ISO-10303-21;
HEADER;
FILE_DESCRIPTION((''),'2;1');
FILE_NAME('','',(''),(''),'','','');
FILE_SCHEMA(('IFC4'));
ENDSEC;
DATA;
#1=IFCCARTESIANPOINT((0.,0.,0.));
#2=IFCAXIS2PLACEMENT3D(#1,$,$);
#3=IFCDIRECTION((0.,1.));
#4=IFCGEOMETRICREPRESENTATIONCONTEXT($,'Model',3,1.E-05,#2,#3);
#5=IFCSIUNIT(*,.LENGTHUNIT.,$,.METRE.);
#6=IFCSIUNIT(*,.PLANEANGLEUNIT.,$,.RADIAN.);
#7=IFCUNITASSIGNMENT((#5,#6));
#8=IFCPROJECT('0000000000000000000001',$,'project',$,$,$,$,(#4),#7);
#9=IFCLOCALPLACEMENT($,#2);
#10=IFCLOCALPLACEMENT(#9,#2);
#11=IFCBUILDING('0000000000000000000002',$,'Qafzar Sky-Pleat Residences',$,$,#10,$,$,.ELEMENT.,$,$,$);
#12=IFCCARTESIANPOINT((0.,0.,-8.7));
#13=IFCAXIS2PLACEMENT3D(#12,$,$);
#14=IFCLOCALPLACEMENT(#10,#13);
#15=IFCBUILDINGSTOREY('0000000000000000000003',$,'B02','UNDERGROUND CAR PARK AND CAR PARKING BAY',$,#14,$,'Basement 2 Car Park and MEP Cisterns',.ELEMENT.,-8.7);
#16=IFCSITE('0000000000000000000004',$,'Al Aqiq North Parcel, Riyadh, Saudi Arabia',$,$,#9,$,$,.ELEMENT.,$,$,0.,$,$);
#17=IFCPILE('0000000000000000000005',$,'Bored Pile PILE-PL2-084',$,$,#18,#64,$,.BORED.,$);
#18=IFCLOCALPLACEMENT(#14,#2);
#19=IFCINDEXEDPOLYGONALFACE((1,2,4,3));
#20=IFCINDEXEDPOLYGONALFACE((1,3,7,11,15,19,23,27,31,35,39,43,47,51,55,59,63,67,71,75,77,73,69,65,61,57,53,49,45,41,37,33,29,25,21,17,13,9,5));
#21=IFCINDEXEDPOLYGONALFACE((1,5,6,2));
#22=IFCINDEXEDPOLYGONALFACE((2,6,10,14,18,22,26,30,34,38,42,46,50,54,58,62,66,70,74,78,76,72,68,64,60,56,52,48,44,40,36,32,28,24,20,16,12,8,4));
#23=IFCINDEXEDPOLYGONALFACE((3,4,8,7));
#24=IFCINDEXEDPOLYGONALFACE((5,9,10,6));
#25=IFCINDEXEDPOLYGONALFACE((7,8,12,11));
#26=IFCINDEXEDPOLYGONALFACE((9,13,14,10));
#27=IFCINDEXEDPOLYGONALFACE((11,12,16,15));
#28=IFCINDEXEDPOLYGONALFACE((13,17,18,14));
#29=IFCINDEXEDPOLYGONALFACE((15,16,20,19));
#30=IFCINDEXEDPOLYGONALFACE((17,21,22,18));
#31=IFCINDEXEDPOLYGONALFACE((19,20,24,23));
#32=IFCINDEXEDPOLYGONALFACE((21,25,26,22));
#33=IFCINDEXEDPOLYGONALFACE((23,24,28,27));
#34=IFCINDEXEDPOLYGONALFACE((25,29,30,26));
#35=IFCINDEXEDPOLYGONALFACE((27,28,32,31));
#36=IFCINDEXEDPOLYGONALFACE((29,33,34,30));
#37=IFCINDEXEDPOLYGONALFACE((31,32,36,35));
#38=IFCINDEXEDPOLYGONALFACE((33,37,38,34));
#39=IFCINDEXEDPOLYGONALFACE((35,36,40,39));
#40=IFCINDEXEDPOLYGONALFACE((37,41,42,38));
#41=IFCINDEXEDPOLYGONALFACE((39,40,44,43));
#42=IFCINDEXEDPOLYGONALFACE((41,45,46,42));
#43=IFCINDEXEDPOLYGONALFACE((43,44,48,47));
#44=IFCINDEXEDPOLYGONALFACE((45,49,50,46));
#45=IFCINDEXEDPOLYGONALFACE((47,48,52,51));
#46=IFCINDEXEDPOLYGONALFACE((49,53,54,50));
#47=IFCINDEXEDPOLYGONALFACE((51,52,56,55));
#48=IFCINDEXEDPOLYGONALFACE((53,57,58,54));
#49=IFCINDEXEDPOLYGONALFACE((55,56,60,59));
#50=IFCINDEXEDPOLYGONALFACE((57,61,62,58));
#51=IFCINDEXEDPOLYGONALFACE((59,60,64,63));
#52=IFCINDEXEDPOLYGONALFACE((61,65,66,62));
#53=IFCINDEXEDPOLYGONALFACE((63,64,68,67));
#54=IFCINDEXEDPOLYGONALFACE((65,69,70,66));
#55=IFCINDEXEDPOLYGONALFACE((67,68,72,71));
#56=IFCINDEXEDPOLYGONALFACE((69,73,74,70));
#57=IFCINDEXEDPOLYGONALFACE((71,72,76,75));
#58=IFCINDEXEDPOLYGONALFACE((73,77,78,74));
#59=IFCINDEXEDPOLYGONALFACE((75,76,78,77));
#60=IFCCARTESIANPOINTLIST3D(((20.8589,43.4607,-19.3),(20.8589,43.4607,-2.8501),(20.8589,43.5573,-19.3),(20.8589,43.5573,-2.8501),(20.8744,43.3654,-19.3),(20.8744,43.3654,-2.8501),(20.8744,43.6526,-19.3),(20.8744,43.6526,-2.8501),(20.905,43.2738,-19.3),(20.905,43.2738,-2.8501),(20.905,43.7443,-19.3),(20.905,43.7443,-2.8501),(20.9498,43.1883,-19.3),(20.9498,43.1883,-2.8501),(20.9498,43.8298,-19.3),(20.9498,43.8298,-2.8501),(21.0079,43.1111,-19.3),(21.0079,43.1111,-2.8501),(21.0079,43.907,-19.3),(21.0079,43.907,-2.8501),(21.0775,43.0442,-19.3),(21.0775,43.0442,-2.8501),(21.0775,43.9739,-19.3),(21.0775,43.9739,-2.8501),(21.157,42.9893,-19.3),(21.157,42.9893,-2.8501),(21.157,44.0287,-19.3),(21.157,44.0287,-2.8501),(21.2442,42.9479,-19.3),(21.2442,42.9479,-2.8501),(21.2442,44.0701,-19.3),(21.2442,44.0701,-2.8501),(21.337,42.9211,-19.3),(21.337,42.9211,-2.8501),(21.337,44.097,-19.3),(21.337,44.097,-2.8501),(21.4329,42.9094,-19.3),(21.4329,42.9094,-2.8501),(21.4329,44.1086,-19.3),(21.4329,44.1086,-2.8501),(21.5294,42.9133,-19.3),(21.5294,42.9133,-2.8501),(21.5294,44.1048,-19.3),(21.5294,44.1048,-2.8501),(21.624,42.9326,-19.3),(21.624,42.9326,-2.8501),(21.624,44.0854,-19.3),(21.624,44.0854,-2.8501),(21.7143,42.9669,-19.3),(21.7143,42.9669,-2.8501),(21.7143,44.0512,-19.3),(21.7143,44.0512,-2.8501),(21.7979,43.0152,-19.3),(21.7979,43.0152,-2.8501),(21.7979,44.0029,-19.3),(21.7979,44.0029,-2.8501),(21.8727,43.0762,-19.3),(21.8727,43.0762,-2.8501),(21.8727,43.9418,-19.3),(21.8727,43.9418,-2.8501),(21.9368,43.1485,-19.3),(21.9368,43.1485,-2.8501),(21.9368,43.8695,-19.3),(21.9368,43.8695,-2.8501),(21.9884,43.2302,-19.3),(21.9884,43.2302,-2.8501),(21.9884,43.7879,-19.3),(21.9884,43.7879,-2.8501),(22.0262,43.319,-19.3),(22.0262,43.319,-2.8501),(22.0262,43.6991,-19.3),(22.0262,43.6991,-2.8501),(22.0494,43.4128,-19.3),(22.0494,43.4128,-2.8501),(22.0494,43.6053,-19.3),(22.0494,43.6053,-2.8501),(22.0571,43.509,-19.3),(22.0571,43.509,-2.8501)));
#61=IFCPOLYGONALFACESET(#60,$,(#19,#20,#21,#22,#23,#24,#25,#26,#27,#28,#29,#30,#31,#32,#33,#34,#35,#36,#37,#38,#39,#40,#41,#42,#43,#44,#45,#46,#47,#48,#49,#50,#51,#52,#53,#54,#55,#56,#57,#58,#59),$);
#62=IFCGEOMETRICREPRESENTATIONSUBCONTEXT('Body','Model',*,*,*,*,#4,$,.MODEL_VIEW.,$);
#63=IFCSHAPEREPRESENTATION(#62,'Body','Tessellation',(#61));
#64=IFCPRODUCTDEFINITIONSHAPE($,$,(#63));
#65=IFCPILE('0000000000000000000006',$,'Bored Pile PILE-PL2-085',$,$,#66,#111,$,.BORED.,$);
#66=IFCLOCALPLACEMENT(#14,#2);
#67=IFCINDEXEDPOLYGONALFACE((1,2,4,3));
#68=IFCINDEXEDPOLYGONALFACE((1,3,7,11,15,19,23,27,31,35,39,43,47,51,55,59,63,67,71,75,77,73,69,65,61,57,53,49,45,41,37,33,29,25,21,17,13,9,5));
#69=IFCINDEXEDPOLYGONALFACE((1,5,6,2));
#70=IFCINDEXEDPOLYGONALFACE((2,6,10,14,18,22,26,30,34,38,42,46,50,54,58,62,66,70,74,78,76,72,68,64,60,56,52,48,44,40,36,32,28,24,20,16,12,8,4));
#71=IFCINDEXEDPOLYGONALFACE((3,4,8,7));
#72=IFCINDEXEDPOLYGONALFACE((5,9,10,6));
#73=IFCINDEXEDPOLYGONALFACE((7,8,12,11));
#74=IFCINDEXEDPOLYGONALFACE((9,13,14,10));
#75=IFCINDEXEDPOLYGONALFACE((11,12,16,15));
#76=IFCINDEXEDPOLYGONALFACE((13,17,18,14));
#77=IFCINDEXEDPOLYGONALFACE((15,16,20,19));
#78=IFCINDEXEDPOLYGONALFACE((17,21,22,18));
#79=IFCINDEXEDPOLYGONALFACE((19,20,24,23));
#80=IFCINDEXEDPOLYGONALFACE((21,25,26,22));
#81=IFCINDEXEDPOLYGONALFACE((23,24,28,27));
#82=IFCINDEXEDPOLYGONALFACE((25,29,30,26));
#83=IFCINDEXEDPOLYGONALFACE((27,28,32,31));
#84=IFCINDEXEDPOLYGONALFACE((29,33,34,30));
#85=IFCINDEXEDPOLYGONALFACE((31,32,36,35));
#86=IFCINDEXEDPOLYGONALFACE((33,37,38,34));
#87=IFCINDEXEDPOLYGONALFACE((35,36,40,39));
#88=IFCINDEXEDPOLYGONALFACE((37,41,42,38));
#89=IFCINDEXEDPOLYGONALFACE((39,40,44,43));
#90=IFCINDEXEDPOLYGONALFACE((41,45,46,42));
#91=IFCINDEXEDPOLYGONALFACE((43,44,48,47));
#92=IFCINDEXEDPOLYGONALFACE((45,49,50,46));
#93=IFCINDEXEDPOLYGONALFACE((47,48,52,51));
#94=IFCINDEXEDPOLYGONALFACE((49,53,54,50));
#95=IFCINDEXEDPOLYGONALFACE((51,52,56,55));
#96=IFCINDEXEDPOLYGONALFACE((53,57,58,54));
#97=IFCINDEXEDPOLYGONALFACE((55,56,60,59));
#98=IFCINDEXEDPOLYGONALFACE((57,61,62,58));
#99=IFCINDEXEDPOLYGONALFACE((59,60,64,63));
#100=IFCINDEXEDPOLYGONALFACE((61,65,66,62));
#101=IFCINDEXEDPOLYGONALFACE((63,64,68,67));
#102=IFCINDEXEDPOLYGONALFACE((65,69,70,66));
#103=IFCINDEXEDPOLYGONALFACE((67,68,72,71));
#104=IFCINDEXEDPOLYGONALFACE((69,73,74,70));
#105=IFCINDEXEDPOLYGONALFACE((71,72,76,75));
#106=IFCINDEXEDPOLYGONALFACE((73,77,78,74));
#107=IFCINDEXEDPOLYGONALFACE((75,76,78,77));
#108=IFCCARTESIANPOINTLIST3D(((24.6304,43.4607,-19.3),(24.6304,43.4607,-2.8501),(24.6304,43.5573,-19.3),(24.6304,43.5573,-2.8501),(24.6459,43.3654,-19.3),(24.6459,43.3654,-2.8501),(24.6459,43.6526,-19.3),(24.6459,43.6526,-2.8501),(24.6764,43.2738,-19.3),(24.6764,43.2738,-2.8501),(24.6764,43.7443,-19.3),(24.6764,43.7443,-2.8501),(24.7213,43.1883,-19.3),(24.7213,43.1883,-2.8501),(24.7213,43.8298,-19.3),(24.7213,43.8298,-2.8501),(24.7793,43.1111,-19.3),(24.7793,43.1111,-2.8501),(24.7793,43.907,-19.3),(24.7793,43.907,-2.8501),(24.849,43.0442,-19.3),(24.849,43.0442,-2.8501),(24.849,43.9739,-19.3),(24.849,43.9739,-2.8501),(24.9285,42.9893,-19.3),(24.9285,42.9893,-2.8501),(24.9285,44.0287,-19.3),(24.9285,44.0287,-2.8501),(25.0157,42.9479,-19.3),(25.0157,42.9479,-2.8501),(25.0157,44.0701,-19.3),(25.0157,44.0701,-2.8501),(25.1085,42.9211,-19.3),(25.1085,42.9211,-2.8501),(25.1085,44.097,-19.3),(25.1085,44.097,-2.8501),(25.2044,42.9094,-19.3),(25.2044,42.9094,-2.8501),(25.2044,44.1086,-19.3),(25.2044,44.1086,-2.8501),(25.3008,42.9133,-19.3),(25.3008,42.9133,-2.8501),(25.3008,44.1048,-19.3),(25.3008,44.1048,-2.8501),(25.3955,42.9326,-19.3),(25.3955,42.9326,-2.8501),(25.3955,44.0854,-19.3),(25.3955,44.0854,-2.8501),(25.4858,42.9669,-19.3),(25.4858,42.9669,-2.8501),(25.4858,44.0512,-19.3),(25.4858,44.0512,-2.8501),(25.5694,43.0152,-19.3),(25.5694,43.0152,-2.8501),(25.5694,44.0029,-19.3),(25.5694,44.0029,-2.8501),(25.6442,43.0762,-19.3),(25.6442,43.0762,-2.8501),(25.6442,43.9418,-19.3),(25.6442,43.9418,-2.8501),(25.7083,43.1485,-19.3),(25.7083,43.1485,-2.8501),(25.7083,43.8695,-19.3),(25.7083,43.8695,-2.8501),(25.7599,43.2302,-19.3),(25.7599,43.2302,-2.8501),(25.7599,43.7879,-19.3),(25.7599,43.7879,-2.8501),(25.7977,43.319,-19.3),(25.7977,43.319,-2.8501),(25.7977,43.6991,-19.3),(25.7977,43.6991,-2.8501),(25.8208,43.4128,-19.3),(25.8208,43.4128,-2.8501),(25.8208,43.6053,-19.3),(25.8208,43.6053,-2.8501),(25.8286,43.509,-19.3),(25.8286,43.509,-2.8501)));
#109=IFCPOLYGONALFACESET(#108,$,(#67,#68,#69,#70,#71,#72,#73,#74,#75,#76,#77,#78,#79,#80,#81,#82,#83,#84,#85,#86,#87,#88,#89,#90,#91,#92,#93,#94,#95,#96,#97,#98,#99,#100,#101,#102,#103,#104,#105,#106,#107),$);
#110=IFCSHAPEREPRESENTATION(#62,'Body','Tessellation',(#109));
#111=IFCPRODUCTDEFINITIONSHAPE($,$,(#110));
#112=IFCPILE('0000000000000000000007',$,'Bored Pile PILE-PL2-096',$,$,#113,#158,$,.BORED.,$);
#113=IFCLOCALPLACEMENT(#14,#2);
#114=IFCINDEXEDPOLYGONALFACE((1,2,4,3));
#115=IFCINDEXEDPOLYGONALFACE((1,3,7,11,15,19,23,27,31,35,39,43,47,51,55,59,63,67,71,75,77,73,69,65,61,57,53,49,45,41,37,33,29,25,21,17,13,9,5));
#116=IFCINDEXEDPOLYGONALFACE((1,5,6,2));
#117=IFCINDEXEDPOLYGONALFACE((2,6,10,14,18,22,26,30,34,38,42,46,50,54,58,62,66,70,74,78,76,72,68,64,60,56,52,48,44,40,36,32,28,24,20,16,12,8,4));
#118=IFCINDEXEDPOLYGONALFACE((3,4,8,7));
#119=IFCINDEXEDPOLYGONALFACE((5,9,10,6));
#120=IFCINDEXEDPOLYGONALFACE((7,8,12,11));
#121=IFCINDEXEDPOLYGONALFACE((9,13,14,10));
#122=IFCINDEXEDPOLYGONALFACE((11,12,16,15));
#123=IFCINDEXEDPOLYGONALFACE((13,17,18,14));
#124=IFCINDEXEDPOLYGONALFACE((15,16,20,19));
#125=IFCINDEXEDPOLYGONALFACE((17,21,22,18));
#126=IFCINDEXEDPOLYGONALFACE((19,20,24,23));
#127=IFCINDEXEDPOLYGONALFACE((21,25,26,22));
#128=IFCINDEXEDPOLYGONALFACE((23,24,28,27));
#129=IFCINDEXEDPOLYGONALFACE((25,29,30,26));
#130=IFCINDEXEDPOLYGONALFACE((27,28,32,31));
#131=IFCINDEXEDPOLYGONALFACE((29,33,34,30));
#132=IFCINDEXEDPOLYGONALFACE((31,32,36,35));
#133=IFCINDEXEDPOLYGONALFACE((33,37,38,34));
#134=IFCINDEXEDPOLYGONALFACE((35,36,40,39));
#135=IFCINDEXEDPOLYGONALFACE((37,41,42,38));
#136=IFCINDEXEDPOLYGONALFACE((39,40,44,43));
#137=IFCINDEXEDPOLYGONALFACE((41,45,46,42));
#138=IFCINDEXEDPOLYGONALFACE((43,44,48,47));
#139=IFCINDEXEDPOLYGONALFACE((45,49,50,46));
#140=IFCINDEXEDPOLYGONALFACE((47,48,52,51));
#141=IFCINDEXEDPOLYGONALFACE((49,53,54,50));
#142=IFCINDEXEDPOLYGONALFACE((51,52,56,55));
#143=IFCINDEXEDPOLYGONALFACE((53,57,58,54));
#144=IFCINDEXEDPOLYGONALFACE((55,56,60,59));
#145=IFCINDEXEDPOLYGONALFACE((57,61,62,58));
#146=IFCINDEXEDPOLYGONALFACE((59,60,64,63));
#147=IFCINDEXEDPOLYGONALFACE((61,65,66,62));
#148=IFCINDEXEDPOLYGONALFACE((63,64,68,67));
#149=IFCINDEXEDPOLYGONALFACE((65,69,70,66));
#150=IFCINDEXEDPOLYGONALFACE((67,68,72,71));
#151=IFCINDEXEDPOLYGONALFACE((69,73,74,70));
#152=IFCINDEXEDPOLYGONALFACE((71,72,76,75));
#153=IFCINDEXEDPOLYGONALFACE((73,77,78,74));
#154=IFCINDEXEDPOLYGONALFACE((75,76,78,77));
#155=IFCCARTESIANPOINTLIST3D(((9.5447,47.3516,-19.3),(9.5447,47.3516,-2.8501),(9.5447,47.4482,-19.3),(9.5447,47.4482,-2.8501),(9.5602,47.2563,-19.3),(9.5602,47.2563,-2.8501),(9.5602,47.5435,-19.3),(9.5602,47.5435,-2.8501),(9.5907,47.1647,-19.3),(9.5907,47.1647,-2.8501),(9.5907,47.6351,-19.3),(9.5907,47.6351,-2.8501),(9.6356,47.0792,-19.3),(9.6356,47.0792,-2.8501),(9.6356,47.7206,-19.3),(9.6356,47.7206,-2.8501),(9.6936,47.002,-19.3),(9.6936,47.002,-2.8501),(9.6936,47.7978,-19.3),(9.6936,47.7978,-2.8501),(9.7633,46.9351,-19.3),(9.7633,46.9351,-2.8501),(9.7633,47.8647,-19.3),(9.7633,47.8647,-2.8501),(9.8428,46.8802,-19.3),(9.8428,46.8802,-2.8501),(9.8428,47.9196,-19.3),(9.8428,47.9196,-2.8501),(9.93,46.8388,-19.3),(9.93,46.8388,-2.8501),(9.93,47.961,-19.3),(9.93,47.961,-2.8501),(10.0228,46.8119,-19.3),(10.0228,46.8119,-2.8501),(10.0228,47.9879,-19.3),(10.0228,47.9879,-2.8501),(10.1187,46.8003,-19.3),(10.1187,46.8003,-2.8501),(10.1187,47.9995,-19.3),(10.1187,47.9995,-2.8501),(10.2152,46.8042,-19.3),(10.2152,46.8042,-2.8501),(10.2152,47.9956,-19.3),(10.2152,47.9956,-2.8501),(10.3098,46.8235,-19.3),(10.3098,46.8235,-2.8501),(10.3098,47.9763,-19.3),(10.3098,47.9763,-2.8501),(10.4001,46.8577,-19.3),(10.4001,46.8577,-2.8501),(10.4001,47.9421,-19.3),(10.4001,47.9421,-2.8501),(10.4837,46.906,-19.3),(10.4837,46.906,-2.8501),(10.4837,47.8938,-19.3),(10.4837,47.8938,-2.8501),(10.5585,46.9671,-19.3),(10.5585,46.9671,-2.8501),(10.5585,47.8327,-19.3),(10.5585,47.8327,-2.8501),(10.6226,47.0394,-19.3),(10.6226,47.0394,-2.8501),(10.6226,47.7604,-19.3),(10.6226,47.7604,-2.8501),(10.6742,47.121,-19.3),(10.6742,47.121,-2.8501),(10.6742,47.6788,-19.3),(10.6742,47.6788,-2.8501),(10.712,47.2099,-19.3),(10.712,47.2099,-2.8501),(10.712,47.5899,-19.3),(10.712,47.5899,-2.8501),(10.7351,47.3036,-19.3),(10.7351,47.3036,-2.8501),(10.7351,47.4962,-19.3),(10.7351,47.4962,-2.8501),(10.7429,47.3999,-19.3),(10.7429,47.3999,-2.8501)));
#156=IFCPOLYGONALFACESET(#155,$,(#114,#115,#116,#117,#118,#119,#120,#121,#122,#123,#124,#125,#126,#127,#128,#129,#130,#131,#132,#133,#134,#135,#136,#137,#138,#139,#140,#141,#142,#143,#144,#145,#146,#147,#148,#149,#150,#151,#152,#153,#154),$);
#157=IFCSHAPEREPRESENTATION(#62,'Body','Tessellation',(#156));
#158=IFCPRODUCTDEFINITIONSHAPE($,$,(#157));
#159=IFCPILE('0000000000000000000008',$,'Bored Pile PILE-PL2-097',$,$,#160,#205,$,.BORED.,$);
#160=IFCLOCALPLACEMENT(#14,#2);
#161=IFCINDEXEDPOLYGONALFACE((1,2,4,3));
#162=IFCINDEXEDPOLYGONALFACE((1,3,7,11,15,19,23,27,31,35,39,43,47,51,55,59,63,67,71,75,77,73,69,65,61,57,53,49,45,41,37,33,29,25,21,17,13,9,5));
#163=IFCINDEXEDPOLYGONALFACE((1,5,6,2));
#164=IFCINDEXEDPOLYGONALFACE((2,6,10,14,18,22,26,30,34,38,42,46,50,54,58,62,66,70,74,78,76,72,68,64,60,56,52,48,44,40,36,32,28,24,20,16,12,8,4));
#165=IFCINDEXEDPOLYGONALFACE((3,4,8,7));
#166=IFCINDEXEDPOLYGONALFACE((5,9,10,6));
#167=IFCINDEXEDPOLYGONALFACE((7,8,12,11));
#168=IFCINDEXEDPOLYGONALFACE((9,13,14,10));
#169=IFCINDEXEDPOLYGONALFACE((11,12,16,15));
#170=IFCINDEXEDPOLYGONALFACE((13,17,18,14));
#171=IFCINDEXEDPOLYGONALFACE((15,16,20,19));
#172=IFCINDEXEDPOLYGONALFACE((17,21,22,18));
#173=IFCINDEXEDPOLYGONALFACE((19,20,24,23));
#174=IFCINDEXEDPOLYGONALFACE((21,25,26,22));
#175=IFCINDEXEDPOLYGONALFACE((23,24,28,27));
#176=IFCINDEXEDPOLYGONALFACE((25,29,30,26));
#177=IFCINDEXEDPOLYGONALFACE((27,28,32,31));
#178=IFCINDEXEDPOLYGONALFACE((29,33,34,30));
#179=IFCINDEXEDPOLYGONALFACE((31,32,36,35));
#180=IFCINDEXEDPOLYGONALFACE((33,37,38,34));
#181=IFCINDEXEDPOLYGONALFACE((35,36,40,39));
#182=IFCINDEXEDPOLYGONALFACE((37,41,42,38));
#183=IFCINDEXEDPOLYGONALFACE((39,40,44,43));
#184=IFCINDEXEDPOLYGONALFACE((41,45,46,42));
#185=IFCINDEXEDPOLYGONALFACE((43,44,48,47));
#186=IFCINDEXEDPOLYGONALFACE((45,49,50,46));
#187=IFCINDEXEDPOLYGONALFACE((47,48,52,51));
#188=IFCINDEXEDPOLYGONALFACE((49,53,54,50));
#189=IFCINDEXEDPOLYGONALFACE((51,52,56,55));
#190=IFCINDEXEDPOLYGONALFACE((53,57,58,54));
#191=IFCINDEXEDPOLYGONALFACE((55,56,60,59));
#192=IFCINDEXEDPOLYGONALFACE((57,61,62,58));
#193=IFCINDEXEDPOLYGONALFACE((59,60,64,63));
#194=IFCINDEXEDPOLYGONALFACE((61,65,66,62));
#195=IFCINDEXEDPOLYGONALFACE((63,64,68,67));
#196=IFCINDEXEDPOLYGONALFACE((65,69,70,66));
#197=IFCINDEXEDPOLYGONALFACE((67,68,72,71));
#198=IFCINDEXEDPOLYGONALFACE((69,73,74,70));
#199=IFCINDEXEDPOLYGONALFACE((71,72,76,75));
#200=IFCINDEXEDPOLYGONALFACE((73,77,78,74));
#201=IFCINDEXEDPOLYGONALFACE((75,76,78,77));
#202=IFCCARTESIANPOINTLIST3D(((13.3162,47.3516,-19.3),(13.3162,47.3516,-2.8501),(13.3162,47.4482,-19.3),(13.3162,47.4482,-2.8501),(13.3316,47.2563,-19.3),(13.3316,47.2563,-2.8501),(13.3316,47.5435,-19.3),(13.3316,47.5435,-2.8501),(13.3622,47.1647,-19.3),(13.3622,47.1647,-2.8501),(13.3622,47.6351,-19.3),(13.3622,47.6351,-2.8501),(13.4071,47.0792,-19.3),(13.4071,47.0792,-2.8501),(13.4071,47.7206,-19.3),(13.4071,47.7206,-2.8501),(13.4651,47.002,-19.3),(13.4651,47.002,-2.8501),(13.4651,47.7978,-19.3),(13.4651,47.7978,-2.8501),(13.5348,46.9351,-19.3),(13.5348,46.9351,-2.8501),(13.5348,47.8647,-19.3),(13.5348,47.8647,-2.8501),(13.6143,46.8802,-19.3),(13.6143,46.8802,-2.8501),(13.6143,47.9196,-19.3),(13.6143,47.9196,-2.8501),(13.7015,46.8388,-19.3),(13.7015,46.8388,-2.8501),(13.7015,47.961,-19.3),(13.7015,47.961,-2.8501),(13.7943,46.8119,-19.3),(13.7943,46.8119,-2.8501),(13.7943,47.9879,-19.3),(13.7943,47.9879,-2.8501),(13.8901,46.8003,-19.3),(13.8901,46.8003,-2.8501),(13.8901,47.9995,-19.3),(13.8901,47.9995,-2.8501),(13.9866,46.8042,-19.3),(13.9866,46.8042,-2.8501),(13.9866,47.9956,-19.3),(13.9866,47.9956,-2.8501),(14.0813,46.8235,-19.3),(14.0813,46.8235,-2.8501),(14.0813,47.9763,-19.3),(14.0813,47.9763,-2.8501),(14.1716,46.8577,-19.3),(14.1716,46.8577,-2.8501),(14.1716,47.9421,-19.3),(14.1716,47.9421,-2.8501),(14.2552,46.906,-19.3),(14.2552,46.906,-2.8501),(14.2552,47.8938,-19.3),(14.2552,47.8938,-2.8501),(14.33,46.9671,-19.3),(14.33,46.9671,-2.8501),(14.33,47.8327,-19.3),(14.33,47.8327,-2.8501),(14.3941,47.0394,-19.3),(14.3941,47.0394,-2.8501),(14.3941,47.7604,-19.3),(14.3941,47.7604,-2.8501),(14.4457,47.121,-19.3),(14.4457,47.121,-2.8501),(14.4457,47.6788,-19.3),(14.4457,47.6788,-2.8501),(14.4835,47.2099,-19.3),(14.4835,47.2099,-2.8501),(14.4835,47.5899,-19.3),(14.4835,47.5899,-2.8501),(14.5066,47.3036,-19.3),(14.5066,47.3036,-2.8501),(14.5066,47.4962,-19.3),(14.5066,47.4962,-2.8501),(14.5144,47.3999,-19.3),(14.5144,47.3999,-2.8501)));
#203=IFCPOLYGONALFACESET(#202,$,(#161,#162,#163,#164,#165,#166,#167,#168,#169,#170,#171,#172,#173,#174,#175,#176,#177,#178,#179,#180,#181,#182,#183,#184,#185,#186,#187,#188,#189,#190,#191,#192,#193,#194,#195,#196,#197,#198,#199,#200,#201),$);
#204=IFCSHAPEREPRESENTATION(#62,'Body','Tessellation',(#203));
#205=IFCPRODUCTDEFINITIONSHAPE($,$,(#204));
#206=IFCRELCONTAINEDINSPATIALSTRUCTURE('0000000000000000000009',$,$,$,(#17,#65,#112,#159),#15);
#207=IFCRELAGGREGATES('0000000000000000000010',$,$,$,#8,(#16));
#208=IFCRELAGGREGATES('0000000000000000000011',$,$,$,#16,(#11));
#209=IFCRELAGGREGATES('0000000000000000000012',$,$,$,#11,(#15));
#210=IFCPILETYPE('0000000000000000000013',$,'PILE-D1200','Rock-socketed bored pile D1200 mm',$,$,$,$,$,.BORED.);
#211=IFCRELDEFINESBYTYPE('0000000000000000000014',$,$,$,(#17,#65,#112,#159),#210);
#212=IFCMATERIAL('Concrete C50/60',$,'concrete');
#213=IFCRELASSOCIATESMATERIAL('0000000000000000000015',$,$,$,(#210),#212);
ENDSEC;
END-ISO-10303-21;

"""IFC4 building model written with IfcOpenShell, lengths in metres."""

from ifc_helpers import new_model, si_unit, direction, frame, origin, origin_2d, place, context, subcontext, project, spatial, circle, extrude, source, transform, mapped, material, material_profile, profile_set, type_object, element, save


model = new_model("IFC4")

# Units and contexts
model_context = context("Model", 3, precision=1e-05, world=origin(), true_north=direction((0.0, 1.0)))
body_context = subcontext(model_context, "Body", "Model", "MODEL_VIEW")
ifc_project = project(units=[si_unit("LENGTHUNIT", "METRE"), si_unit("PLANEANGLEUNIT", "RADIAN")], contexts=[model_context])

# Site, building, storey
site_placement = place(None, origin())
site = spatial("IfcSite", under=ifc_project, at=site_placement, Name="Al Aqiq North Parcel, Riyadh, Saudi Arabia", CompositionType="ELEMENT", RefElevation=0.0)
building_placement = place(site_placement, origin())
building = spatial("IfcBuilding", under=site, at=building_placement, Name="Qafzar Sky-Pleat Residences", CompositionType="ELEMENT")
storey_placement = place(building_placement, frame((0.0, 0.0, -8.7)))
storey = spatial("IfcBuildingStorey", under=building, at=storey_placement, Name="B02", Description="UNDERGROUND CAR PARK AND CAR PARKING BAY", LongName="Basement 2 Car Park and MEP Cisterns", CompositionType="ELEMENT", Elevation=-8.7)

# Piles
ifc_material_1 = material(Name="Concrete C50/60", Category="concrete")
ifc_material_profile_1 = material_profile(ifc_material_1, circle(Radius=0.6001, at=origin_2d()), Name="PILE D1200")
ifc_profile_set_1 = profile_set([ifc_material_profile_1], Name="Concrete C50/60")
pile_type_1 = type_object("IfcPileType", Name="PILE-D1200", Description="Rock-socketed bored pile D1200 mm", PredefinedType="BORED", material=ifc_profile_set_1)
shared_shape_1 = source(origin(), body_context, "Body", "SweptSolid", [
    extrude(circle(Radius=0.6001, at=origin_2d()), origin(), (0.0, 0.0, 1.0), 16.45),
])
for number, where, z_axis, x_axis, name in (
    (1, (21.457, 43.509, -2.8501), (0.0, 0.0, -1.0), (1.0, 0.0, 0.0), "Bored Pile PILE-PL2-084"),
    (2, (25.2285, 43.509, -2.8501), (0.0, 0.0, -1.0), (1.0, 0.0, 0.0), "Bored Pile PILE-PL2-085"),
    (3, (10.1428, 47.3999, -2.8501), (0.0, 0.0, -1.0), (1.0, 0.0, 0.0), "Bored Pile PILE-PL2-096"),
    (4, (13.9143, 47.3999, -2.8501), (0.0, 0.0, -1.0), (1.0, 0.0, 0.0), "Bored Pile PILE-PL2-097"),
):
    element("IfcPile", number, at=place(storey_placement, frame(where, z_axis=z_axis, x_axis=x_axis)), inside=storey, type_object=pile_type_1, Name=name, PredefinedType="BORED", context=body_context, shape_type="MappedRepresentation", body=[
        mapped(shared_shape_1, transform((0.0, 0.0, 0.0), x_axis=(1.0, 0.0, 0.0), y_axis=(0.0, 1.0, 0.0), z_axis=(0.0, 0.0, 1.0), scale=1.0)),
    ])

save(model, "model.ifc")
